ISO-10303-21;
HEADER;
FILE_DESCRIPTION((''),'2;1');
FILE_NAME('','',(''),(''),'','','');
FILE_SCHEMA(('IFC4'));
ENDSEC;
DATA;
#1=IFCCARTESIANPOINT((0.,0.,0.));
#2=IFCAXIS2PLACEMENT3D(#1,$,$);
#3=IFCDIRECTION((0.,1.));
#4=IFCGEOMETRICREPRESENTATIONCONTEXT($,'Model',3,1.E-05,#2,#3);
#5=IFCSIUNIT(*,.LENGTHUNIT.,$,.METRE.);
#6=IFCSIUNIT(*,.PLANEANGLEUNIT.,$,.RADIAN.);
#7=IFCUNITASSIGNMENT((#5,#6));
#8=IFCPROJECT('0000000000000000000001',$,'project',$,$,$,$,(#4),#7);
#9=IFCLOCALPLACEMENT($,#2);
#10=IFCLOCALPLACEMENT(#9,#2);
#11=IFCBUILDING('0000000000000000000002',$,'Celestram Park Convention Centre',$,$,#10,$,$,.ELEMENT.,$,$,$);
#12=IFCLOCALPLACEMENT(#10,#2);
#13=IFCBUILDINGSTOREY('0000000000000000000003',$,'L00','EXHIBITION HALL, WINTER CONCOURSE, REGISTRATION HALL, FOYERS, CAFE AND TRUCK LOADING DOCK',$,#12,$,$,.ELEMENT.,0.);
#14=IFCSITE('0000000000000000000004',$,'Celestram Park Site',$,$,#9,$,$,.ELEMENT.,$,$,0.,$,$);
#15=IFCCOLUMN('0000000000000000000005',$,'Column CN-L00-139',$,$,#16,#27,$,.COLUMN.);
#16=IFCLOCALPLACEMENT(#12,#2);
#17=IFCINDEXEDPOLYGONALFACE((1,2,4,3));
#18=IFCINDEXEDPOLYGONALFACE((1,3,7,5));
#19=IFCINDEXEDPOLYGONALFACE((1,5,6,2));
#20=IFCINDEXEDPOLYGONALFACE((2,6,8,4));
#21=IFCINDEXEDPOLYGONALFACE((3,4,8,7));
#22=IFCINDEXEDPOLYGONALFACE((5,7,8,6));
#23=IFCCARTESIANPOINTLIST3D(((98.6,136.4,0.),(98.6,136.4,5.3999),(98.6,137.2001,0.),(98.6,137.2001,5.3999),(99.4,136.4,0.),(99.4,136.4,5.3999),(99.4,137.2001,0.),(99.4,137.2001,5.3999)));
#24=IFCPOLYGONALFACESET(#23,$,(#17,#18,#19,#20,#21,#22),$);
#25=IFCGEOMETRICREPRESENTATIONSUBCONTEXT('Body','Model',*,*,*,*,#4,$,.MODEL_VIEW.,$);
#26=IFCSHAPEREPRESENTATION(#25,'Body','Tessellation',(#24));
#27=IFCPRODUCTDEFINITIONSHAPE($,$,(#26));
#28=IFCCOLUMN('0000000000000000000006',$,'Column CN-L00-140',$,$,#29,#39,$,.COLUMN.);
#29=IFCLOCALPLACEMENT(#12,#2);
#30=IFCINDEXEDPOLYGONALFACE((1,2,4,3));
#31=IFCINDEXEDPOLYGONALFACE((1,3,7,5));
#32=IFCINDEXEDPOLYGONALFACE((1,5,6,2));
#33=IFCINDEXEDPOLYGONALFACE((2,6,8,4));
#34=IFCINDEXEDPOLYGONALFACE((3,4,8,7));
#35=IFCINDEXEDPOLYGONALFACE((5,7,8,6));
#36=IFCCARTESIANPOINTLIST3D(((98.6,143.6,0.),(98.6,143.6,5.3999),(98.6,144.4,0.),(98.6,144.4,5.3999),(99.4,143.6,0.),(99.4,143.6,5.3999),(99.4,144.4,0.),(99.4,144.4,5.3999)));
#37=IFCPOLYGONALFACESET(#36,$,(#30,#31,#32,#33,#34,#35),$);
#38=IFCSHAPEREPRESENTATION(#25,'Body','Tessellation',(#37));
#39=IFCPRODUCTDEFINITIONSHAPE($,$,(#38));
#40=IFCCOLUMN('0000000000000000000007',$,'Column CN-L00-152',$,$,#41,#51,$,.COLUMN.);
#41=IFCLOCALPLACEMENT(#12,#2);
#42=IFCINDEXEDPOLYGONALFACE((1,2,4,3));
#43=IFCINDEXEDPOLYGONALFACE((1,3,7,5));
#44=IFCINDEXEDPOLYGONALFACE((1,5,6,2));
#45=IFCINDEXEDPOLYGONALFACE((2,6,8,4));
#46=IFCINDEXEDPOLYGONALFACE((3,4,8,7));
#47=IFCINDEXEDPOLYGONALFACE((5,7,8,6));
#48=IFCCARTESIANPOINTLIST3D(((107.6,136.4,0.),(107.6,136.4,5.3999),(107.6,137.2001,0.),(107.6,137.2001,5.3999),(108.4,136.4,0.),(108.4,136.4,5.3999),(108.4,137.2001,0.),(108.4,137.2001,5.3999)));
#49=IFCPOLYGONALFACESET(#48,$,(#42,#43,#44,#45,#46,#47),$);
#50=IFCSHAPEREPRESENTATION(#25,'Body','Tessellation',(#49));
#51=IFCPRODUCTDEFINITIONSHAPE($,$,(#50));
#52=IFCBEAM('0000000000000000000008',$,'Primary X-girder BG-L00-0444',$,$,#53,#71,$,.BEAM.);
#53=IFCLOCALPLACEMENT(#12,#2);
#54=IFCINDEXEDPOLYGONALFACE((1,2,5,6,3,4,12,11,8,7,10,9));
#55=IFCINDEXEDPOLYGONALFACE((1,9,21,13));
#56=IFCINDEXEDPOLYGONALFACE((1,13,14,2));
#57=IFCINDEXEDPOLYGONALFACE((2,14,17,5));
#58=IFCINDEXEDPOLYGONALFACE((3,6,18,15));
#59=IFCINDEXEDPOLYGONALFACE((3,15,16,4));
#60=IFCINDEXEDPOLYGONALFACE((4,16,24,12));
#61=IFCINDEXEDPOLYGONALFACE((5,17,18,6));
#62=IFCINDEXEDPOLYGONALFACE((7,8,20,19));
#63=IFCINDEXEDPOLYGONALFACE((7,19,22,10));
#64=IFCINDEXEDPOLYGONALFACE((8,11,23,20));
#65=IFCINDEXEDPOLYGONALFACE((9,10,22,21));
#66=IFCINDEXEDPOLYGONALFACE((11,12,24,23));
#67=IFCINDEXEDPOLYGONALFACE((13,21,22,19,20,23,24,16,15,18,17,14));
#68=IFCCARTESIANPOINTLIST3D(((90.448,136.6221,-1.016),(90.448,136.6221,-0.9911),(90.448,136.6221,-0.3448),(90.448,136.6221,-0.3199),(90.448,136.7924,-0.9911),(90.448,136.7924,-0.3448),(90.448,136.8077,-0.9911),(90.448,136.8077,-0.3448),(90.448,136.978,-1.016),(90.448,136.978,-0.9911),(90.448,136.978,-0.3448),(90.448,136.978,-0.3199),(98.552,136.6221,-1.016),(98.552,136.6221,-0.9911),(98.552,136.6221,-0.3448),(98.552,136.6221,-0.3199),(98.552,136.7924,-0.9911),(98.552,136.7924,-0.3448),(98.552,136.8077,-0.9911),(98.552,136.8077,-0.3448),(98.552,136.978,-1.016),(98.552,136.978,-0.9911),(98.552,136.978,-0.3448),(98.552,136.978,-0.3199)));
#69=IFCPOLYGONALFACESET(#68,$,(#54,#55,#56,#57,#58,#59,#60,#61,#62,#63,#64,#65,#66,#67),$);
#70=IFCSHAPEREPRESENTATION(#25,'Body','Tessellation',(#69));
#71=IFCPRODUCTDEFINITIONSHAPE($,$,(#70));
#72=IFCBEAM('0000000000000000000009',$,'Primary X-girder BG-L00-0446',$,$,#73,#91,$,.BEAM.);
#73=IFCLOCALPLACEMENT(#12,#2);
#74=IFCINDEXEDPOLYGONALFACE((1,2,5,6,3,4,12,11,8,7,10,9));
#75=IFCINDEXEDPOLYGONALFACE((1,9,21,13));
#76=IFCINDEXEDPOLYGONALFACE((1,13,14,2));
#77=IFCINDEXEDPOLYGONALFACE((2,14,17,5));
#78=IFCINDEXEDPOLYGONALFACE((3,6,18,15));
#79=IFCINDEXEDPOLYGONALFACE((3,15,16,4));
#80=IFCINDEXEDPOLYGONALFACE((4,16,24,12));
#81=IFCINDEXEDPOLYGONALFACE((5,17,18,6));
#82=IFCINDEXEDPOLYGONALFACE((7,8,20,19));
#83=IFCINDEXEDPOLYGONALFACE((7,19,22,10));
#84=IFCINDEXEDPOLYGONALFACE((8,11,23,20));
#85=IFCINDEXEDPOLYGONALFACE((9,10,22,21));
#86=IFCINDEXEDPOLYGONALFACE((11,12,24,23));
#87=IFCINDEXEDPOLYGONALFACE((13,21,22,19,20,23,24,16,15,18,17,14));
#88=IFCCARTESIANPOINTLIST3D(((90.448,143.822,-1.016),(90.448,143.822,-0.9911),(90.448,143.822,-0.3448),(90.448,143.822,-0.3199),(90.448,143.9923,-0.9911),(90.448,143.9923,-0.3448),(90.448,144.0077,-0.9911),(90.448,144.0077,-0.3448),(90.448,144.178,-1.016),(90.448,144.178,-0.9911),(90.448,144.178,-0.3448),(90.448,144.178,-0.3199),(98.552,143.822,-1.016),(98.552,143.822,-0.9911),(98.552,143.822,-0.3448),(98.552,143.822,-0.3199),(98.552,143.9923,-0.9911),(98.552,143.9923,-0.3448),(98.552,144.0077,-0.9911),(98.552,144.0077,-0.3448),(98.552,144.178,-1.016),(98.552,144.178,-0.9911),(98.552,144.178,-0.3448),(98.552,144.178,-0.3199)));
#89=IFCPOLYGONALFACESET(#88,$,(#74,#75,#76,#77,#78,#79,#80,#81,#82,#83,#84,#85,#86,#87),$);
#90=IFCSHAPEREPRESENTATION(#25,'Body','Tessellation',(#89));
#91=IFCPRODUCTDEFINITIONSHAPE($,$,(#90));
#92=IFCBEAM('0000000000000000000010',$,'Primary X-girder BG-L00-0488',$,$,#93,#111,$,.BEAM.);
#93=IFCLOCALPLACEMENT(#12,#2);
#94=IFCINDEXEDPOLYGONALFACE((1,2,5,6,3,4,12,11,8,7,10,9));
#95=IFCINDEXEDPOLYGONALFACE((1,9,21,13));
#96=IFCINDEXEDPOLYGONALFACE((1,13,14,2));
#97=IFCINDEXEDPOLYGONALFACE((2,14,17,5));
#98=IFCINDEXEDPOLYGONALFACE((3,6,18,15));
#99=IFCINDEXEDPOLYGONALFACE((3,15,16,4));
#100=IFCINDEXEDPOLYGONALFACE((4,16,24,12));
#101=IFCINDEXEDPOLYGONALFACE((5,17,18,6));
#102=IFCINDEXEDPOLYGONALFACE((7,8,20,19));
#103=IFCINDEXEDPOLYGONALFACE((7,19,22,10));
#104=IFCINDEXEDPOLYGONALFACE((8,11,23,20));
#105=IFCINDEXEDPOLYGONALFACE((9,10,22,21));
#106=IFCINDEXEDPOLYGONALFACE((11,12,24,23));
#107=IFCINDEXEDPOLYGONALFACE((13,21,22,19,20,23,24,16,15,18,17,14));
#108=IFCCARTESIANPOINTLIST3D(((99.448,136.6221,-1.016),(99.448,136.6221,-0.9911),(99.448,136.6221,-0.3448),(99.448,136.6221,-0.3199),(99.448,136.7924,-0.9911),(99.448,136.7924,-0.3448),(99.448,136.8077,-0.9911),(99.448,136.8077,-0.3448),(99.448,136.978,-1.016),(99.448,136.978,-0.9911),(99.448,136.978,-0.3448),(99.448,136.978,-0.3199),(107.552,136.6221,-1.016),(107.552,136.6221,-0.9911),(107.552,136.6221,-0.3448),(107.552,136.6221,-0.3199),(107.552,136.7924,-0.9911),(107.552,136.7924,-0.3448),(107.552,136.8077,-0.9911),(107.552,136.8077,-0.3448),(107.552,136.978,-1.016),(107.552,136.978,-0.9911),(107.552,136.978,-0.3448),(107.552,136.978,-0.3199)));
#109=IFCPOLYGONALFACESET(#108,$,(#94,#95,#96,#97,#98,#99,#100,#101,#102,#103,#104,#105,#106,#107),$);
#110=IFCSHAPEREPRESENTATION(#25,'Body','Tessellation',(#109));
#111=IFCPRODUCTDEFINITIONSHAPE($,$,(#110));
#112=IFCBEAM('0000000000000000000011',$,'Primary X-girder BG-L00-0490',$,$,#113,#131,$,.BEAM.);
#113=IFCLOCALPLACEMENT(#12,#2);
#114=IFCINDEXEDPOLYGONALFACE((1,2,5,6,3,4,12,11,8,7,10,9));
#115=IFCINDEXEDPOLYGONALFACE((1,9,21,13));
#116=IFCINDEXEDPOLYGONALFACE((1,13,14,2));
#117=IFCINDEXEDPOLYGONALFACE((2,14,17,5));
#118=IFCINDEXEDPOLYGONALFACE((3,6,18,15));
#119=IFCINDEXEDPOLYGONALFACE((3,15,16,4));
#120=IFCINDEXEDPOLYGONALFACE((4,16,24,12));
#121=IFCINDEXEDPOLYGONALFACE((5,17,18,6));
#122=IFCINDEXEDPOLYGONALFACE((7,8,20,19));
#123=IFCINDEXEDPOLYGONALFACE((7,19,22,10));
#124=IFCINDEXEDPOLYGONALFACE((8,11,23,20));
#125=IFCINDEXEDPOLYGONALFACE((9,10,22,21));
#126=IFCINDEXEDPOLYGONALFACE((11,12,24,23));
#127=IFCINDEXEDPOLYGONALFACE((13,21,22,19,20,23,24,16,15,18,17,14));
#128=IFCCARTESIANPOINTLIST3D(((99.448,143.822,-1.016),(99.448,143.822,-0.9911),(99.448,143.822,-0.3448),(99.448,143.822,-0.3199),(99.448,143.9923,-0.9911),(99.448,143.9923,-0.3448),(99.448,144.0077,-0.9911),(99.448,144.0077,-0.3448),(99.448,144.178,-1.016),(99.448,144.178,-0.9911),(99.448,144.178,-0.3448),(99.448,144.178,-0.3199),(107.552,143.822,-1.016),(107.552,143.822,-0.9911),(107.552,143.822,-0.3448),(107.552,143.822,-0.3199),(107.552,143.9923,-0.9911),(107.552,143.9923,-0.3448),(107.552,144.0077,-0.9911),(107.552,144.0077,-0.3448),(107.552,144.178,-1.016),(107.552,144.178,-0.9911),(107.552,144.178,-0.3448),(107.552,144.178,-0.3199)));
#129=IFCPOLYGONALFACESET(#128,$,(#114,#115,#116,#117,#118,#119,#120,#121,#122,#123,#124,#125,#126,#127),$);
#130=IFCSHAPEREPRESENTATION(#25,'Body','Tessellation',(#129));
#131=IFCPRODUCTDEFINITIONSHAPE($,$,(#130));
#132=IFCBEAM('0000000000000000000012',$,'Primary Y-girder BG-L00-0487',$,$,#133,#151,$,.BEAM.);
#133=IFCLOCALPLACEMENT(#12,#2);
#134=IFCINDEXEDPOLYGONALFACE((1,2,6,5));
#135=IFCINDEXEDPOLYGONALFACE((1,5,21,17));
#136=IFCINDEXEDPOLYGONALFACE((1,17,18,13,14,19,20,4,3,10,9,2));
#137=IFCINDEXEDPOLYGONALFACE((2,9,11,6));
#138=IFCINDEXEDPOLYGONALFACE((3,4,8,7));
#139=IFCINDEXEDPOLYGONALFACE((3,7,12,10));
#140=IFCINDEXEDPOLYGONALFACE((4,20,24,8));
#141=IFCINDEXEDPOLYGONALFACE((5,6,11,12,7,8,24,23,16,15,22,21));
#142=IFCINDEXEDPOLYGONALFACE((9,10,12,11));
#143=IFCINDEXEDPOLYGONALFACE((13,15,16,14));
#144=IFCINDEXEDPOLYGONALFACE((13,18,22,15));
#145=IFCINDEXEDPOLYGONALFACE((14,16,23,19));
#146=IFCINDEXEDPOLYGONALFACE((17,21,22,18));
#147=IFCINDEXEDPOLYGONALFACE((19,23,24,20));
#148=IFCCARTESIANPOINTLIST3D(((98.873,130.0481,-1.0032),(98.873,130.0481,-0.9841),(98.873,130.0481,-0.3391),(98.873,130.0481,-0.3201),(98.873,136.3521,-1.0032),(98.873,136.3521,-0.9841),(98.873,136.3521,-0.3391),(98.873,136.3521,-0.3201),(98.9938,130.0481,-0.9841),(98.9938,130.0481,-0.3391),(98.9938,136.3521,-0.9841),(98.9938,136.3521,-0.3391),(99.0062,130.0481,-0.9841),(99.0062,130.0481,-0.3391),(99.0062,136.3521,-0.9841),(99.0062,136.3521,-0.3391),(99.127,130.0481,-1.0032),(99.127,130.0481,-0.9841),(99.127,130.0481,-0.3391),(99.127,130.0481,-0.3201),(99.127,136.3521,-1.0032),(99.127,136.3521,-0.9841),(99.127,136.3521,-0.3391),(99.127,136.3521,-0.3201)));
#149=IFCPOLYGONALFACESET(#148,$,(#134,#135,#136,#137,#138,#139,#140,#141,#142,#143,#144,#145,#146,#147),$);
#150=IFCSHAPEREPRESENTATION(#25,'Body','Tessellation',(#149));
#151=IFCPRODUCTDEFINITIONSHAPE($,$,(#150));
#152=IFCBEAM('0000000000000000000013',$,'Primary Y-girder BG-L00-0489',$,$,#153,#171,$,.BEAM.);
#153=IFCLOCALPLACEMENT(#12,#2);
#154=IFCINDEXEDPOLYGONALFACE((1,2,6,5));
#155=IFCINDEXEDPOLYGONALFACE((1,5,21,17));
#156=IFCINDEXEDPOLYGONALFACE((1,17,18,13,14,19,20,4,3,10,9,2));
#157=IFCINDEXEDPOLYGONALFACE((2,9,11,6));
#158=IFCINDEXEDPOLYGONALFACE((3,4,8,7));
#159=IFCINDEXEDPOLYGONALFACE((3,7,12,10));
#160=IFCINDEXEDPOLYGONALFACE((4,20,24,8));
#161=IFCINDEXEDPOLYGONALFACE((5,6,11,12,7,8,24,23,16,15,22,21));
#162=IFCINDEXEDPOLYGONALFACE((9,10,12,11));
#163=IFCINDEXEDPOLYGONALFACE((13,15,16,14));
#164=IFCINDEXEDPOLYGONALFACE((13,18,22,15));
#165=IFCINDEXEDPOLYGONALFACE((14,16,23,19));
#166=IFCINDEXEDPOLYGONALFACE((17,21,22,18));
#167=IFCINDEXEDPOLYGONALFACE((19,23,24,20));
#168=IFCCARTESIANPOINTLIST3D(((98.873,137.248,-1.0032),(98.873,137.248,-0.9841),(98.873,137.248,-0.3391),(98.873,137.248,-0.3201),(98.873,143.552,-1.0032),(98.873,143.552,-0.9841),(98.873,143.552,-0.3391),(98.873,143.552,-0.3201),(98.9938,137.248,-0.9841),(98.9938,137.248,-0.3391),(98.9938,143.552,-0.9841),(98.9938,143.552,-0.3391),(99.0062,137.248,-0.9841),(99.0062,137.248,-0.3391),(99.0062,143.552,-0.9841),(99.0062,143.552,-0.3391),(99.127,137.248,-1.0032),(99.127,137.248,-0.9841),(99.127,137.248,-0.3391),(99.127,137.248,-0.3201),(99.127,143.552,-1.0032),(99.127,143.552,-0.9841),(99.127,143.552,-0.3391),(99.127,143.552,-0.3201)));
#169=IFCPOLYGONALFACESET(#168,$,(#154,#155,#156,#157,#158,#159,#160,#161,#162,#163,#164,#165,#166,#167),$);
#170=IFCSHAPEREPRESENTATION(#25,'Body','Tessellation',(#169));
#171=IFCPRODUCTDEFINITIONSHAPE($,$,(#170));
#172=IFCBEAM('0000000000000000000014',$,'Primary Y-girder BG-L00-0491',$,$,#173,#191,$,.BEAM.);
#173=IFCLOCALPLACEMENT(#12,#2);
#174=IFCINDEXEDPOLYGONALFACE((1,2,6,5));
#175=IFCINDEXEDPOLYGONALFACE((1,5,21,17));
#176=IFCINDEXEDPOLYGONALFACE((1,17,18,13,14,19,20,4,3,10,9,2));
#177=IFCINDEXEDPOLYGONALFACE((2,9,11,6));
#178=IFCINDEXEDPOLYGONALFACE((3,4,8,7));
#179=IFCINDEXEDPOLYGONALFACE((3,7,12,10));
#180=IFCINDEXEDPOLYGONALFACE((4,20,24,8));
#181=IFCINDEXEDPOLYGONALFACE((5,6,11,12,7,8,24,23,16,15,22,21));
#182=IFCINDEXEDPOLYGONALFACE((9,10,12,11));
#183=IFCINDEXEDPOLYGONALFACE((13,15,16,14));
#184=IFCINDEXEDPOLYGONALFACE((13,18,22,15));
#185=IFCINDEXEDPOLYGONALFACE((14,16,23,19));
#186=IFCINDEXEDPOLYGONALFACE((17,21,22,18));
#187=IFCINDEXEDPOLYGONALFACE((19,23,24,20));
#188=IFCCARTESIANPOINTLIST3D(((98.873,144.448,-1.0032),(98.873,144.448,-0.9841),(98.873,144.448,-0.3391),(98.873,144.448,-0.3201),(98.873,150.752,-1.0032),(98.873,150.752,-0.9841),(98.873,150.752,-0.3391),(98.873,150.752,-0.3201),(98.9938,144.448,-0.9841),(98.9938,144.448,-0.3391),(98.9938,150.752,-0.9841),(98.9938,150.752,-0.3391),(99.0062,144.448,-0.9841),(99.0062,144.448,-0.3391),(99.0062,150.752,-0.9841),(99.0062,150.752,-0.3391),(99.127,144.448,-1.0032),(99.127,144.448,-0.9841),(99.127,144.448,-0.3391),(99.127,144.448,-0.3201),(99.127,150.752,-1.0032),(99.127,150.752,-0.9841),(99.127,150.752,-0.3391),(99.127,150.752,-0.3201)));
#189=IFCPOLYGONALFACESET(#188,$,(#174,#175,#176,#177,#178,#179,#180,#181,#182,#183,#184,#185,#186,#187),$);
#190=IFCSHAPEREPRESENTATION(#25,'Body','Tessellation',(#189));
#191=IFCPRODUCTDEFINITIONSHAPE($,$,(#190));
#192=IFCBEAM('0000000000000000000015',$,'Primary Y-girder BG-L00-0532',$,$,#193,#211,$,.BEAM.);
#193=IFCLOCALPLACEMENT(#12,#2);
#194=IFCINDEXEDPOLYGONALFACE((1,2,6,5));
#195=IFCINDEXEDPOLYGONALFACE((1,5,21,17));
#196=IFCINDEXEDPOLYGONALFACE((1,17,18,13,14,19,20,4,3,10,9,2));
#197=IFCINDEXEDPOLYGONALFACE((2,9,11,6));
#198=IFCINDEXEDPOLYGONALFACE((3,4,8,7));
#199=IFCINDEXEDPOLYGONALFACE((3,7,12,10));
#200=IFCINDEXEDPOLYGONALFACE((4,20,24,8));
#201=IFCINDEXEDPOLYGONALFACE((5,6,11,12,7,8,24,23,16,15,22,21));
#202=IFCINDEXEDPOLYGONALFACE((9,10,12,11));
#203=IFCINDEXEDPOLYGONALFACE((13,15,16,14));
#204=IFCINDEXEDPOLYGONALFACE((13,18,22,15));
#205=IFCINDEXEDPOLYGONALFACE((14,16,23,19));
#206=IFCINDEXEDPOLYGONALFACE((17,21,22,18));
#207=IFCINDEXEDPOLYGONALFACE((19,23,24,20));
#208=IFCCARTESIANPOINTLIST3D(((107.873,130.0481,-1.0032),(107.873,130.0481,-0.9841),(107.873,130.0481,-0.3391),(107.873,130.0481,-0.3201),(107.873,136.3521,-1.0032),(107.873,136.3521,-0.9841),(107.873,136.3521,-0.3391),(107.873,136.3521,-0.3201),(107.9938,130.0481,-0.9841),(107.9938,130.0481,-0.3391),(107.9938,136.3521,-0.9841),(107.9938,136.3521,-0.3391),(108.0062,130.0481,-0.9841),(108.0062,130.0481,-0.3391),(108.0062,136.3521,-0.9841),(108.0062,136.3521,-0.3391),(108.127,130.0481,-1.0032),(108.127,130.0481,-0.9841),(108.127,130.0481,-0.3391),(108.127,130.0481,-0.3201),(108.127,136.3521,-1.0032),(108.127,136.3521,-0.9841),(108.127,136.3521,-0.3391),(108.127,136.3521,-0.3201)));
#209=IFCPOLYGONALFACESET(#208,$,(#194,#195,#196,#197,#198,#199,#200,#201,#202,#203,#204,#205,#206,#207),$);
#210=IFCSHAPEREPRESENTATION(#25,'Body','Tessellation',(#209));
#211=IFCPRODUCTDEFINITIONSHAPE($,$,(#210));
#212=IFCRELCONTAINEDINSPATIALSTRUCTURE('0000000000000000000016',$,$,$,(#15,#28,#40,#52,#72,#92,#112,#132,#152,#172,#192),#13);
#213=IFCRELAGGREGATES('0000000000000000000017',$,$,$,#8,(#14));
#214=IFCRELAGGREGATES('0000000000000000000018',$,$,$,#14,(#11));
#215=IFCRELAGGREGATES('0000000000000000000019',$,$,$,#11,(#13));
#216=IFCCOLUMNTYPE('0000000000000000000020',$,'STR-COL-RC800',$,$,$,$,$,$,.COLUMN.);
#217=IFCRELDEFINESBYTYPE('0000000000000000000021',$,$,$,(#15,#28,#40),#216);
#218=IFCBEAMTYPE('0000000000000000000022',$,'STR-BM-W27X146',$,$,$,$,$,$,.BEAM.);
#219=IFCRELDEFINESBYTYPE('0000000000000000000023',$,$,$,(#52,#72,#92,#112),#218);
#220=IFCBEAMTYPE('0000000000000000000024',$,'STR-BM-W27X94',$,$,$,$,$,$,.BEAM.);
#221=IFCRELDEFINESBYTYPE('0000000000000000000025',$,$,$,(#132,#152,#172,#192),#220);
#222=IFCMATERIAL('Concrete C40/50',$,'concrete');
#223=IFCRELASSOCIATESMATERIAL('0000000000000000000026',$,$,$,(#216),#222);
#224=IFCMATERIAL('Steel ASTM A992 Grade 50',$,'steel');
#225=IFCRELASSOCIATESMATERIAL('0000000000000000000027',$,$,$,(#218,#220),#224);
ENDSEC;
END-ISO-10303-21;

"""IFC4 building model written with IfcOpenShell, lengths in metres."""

from ifc_helpers import new_model, si_unit, direction, frame, origin, origin_2d, place, context, subcontext, project, spatial, rectangle, i_section, extrude, material, material_profile, profile_set, type_object, element, save


model = new_model("IFC4")

# Units and contexts
model_context = context("Model", 3, precision=1e-05, world=origin(), true_north=direction((0.0, 1.0)))
body_context = subcontext(model_context, "Body", "Model", "MODEL_VIEW")
ifc_project = project(units=[si_unit("LENGTHUNIT", "METRE"), si_unit("PLANEANGLEUNIT", "RADIAN")], contexts=[model_context])

# Site, building, storey
site_placement = place(None, origin())
site = spatial("IfcSite", under=ifc_project, at=site_placement, Name="Celestram Park Site", CompositionType="ELEMENT", RefElevation=0.0)
building_placement = place(site_placement, origin())
building = spatial("IfcBuilding", under=site, at=building_placement, Name="Celestram Park Convention Centre", CompositionType="ELEMENT")
storey_placement = place(building_placement, origin())
storey = spatial("IfcBuildingStorey", under=building, at=storey_placement, Name="L00", Description="EXHIBITION HALL, WINTER CONCOURSE, REGISTRATION HALL, FOYERS, CAFE AND TRUCK LOADING DOCK", CompositionType="ELEMENT", Elevation=0.0)

# Columns
ifc_material_1 = material(Name="Concrete C40/50", Category="concrete")
ifc_material_profile_1 = material_profile(ifc_material_1, rectangle(XDim=0.8, YDim=0.8, at=origin_2d()), Name="RC800X800")
ifc_profile_set_1 = profile_set([ifc_material_profile_1], Name="Concrete C40/50")
column_type = type_object("IfcColumnType", Name="STR-COL-RC800", PredefinedType="COLUMN", material=ifc_profile_set_1)
for number, where, z_axis, x_axis, name in (
    (1, (99.0, 136.8, 0.0), (0.0, 0.0, 1.0), (1.0, 0.0, 0.0), "Column CN-L00-139"),
    (2, (99.0, 144.0, 0.0), (0.0, 0.0, 1.0), (1.0, 0.0, 0.0), "Column CN-L00-140"),
    (3, (108.0, 136.8, 0.0), (0.0, 0.0, 1.0), (1.0, 0.0, 0.0), "Column CN-L00-152"),
):
    element("IfcColumn", number, at=place(storey_placement, frame(where, z_axis=z_axis, x_axis=x_axis)), inside=storey, type_object=column_type, Name=name, PredefinedType="COLUMN", context=body_context, shape_type="SweptSolid", body=[
        extrude(rectangle(XDim=0.8, YDim=0.8, at=origin_2d()), origin(), (0.0, 0.0, 1.0), 5.3999),
    ])

# Beams
ifc_material_2 = material(Name="Steel ASTM A992 Grade 50", Category="steel")
ifc_material_profile_2 = material_profile(ifc_material_2, i_section(OverallWidth=0.356, OverallDepth=0.696, WebThickness=0.0154, FlangeThickness=0.0249, at=origin_2d()), Name="W27X146")
ifc_profile_set_2 = profile_set([ifc_material_profile_2], Name="Steel ASTM A992 Grade 50")
beam_type_1 = type_object("IfcBeamType", Name="STR-BM-W27X146", PredefinedType="BEAM", material=ifc_profile_set_2)
for number, where, z_axis, x_axis, name in (
    (4, (90.448, 136.8, -0.668), (1.0, 0.0, 0.0), (0.0, 1.0, 0.0), "Primary X-girder BG-L00-0444"),
    (5, (90.448, 144.0, -0.668), (1.0, 0.0, 0.0), (0.0, 1.0, 0.0), "Primary X-girder BG-L00-0446"),
    (6, (99.448, 136.8, -0.668), (1.0, 0.0, 0.0), (0.0, 1.0, 0.0), "Primary X-girder BG-L00-0488"),
    (7, (99.448, 144.0, -0.668), (1.0, 0.0, 0.0), (0.0, 1.0, 0.0), "Primary X-girder BG-L00-0490"),
):
    element("IfcBeam", number, at=place(storey_placement, frame(where, z_axis=z_axis, x_axis=x_axis)), inside=storey, type_object=beam_type_1, Name=name, PredefinedType="BEAM", context=body_context, shape_type="SweptSolid", body=[
        extrude(i_section(OverallWidth=0.356, OverallDepth=0.696, WebThickness=0.0154, FlangeThickness=0.0249, at=origin_2d()), origin(), (0.0, 0.0, 1.0), 8.104),
    ])
ifc_material_profile_3 = material_profile(ifc_material_2, i_section(OverallWidth=0.2539, OverallDepth=0.6831, WebThickness=0.0125, FlangeThickness=0.019, at=origin_2d()), Name="W27X94")
ifc_profile_set_3 = profile_set([ifc_material_profile_3], Name="Steel ASTM A992 Grade 50")
beam_type_2 = type_object("IfcBeamType", Name="STR-BM-W27X94", PredefinedType="BEAM", material=ifc_profile_set_3)
for number, where, z_axis, x_axis, name in (
    (8, (99.0, 130.0481, -0.6616), (0.0, 1.0, 0.0), (-1.0, 0.0, 0.0), "Primary Y-girder BG-L00-0487"),
    (9, (99.0, 137.248, -0.6616), (0.0, 1.0, 0.0), (-1.0, 0.0, 0.0), "Primary Y-girder BG-L00-0489"),
    (10, (99.0, 144.448, -0.6616), (0.0, 1.0, 0.0), (-1.0, 0.0, 0.0), "Primary Y-girder BG-L00-0491"),
    (11, (108.0, 130.0481, -0.6616), (0.0, 1.0, 0.0), (-1.0, 0.0, 0.0), "Primary Y-girder BG-L00-0532"),
):
    element("IfcBeam", number, at=place(storey_placement, frame(where, z_axis=z_axis, x_axis=x_axis)), inside=storey, type_object=beam_type_2, Name=name, PredefinedType="BEAM", context=body_context, shape_type="SweptSolid", body=[
        extrude(i_section(OverallWidth=0.2539, OverallDepth=0.6831, WebThickness=0.0125, FlangeThickness=0.019, at=origin_2d()), origin(), (0.0, 0.0, 1.0), 6.304),
    ])

save(model, "model.ifc")
